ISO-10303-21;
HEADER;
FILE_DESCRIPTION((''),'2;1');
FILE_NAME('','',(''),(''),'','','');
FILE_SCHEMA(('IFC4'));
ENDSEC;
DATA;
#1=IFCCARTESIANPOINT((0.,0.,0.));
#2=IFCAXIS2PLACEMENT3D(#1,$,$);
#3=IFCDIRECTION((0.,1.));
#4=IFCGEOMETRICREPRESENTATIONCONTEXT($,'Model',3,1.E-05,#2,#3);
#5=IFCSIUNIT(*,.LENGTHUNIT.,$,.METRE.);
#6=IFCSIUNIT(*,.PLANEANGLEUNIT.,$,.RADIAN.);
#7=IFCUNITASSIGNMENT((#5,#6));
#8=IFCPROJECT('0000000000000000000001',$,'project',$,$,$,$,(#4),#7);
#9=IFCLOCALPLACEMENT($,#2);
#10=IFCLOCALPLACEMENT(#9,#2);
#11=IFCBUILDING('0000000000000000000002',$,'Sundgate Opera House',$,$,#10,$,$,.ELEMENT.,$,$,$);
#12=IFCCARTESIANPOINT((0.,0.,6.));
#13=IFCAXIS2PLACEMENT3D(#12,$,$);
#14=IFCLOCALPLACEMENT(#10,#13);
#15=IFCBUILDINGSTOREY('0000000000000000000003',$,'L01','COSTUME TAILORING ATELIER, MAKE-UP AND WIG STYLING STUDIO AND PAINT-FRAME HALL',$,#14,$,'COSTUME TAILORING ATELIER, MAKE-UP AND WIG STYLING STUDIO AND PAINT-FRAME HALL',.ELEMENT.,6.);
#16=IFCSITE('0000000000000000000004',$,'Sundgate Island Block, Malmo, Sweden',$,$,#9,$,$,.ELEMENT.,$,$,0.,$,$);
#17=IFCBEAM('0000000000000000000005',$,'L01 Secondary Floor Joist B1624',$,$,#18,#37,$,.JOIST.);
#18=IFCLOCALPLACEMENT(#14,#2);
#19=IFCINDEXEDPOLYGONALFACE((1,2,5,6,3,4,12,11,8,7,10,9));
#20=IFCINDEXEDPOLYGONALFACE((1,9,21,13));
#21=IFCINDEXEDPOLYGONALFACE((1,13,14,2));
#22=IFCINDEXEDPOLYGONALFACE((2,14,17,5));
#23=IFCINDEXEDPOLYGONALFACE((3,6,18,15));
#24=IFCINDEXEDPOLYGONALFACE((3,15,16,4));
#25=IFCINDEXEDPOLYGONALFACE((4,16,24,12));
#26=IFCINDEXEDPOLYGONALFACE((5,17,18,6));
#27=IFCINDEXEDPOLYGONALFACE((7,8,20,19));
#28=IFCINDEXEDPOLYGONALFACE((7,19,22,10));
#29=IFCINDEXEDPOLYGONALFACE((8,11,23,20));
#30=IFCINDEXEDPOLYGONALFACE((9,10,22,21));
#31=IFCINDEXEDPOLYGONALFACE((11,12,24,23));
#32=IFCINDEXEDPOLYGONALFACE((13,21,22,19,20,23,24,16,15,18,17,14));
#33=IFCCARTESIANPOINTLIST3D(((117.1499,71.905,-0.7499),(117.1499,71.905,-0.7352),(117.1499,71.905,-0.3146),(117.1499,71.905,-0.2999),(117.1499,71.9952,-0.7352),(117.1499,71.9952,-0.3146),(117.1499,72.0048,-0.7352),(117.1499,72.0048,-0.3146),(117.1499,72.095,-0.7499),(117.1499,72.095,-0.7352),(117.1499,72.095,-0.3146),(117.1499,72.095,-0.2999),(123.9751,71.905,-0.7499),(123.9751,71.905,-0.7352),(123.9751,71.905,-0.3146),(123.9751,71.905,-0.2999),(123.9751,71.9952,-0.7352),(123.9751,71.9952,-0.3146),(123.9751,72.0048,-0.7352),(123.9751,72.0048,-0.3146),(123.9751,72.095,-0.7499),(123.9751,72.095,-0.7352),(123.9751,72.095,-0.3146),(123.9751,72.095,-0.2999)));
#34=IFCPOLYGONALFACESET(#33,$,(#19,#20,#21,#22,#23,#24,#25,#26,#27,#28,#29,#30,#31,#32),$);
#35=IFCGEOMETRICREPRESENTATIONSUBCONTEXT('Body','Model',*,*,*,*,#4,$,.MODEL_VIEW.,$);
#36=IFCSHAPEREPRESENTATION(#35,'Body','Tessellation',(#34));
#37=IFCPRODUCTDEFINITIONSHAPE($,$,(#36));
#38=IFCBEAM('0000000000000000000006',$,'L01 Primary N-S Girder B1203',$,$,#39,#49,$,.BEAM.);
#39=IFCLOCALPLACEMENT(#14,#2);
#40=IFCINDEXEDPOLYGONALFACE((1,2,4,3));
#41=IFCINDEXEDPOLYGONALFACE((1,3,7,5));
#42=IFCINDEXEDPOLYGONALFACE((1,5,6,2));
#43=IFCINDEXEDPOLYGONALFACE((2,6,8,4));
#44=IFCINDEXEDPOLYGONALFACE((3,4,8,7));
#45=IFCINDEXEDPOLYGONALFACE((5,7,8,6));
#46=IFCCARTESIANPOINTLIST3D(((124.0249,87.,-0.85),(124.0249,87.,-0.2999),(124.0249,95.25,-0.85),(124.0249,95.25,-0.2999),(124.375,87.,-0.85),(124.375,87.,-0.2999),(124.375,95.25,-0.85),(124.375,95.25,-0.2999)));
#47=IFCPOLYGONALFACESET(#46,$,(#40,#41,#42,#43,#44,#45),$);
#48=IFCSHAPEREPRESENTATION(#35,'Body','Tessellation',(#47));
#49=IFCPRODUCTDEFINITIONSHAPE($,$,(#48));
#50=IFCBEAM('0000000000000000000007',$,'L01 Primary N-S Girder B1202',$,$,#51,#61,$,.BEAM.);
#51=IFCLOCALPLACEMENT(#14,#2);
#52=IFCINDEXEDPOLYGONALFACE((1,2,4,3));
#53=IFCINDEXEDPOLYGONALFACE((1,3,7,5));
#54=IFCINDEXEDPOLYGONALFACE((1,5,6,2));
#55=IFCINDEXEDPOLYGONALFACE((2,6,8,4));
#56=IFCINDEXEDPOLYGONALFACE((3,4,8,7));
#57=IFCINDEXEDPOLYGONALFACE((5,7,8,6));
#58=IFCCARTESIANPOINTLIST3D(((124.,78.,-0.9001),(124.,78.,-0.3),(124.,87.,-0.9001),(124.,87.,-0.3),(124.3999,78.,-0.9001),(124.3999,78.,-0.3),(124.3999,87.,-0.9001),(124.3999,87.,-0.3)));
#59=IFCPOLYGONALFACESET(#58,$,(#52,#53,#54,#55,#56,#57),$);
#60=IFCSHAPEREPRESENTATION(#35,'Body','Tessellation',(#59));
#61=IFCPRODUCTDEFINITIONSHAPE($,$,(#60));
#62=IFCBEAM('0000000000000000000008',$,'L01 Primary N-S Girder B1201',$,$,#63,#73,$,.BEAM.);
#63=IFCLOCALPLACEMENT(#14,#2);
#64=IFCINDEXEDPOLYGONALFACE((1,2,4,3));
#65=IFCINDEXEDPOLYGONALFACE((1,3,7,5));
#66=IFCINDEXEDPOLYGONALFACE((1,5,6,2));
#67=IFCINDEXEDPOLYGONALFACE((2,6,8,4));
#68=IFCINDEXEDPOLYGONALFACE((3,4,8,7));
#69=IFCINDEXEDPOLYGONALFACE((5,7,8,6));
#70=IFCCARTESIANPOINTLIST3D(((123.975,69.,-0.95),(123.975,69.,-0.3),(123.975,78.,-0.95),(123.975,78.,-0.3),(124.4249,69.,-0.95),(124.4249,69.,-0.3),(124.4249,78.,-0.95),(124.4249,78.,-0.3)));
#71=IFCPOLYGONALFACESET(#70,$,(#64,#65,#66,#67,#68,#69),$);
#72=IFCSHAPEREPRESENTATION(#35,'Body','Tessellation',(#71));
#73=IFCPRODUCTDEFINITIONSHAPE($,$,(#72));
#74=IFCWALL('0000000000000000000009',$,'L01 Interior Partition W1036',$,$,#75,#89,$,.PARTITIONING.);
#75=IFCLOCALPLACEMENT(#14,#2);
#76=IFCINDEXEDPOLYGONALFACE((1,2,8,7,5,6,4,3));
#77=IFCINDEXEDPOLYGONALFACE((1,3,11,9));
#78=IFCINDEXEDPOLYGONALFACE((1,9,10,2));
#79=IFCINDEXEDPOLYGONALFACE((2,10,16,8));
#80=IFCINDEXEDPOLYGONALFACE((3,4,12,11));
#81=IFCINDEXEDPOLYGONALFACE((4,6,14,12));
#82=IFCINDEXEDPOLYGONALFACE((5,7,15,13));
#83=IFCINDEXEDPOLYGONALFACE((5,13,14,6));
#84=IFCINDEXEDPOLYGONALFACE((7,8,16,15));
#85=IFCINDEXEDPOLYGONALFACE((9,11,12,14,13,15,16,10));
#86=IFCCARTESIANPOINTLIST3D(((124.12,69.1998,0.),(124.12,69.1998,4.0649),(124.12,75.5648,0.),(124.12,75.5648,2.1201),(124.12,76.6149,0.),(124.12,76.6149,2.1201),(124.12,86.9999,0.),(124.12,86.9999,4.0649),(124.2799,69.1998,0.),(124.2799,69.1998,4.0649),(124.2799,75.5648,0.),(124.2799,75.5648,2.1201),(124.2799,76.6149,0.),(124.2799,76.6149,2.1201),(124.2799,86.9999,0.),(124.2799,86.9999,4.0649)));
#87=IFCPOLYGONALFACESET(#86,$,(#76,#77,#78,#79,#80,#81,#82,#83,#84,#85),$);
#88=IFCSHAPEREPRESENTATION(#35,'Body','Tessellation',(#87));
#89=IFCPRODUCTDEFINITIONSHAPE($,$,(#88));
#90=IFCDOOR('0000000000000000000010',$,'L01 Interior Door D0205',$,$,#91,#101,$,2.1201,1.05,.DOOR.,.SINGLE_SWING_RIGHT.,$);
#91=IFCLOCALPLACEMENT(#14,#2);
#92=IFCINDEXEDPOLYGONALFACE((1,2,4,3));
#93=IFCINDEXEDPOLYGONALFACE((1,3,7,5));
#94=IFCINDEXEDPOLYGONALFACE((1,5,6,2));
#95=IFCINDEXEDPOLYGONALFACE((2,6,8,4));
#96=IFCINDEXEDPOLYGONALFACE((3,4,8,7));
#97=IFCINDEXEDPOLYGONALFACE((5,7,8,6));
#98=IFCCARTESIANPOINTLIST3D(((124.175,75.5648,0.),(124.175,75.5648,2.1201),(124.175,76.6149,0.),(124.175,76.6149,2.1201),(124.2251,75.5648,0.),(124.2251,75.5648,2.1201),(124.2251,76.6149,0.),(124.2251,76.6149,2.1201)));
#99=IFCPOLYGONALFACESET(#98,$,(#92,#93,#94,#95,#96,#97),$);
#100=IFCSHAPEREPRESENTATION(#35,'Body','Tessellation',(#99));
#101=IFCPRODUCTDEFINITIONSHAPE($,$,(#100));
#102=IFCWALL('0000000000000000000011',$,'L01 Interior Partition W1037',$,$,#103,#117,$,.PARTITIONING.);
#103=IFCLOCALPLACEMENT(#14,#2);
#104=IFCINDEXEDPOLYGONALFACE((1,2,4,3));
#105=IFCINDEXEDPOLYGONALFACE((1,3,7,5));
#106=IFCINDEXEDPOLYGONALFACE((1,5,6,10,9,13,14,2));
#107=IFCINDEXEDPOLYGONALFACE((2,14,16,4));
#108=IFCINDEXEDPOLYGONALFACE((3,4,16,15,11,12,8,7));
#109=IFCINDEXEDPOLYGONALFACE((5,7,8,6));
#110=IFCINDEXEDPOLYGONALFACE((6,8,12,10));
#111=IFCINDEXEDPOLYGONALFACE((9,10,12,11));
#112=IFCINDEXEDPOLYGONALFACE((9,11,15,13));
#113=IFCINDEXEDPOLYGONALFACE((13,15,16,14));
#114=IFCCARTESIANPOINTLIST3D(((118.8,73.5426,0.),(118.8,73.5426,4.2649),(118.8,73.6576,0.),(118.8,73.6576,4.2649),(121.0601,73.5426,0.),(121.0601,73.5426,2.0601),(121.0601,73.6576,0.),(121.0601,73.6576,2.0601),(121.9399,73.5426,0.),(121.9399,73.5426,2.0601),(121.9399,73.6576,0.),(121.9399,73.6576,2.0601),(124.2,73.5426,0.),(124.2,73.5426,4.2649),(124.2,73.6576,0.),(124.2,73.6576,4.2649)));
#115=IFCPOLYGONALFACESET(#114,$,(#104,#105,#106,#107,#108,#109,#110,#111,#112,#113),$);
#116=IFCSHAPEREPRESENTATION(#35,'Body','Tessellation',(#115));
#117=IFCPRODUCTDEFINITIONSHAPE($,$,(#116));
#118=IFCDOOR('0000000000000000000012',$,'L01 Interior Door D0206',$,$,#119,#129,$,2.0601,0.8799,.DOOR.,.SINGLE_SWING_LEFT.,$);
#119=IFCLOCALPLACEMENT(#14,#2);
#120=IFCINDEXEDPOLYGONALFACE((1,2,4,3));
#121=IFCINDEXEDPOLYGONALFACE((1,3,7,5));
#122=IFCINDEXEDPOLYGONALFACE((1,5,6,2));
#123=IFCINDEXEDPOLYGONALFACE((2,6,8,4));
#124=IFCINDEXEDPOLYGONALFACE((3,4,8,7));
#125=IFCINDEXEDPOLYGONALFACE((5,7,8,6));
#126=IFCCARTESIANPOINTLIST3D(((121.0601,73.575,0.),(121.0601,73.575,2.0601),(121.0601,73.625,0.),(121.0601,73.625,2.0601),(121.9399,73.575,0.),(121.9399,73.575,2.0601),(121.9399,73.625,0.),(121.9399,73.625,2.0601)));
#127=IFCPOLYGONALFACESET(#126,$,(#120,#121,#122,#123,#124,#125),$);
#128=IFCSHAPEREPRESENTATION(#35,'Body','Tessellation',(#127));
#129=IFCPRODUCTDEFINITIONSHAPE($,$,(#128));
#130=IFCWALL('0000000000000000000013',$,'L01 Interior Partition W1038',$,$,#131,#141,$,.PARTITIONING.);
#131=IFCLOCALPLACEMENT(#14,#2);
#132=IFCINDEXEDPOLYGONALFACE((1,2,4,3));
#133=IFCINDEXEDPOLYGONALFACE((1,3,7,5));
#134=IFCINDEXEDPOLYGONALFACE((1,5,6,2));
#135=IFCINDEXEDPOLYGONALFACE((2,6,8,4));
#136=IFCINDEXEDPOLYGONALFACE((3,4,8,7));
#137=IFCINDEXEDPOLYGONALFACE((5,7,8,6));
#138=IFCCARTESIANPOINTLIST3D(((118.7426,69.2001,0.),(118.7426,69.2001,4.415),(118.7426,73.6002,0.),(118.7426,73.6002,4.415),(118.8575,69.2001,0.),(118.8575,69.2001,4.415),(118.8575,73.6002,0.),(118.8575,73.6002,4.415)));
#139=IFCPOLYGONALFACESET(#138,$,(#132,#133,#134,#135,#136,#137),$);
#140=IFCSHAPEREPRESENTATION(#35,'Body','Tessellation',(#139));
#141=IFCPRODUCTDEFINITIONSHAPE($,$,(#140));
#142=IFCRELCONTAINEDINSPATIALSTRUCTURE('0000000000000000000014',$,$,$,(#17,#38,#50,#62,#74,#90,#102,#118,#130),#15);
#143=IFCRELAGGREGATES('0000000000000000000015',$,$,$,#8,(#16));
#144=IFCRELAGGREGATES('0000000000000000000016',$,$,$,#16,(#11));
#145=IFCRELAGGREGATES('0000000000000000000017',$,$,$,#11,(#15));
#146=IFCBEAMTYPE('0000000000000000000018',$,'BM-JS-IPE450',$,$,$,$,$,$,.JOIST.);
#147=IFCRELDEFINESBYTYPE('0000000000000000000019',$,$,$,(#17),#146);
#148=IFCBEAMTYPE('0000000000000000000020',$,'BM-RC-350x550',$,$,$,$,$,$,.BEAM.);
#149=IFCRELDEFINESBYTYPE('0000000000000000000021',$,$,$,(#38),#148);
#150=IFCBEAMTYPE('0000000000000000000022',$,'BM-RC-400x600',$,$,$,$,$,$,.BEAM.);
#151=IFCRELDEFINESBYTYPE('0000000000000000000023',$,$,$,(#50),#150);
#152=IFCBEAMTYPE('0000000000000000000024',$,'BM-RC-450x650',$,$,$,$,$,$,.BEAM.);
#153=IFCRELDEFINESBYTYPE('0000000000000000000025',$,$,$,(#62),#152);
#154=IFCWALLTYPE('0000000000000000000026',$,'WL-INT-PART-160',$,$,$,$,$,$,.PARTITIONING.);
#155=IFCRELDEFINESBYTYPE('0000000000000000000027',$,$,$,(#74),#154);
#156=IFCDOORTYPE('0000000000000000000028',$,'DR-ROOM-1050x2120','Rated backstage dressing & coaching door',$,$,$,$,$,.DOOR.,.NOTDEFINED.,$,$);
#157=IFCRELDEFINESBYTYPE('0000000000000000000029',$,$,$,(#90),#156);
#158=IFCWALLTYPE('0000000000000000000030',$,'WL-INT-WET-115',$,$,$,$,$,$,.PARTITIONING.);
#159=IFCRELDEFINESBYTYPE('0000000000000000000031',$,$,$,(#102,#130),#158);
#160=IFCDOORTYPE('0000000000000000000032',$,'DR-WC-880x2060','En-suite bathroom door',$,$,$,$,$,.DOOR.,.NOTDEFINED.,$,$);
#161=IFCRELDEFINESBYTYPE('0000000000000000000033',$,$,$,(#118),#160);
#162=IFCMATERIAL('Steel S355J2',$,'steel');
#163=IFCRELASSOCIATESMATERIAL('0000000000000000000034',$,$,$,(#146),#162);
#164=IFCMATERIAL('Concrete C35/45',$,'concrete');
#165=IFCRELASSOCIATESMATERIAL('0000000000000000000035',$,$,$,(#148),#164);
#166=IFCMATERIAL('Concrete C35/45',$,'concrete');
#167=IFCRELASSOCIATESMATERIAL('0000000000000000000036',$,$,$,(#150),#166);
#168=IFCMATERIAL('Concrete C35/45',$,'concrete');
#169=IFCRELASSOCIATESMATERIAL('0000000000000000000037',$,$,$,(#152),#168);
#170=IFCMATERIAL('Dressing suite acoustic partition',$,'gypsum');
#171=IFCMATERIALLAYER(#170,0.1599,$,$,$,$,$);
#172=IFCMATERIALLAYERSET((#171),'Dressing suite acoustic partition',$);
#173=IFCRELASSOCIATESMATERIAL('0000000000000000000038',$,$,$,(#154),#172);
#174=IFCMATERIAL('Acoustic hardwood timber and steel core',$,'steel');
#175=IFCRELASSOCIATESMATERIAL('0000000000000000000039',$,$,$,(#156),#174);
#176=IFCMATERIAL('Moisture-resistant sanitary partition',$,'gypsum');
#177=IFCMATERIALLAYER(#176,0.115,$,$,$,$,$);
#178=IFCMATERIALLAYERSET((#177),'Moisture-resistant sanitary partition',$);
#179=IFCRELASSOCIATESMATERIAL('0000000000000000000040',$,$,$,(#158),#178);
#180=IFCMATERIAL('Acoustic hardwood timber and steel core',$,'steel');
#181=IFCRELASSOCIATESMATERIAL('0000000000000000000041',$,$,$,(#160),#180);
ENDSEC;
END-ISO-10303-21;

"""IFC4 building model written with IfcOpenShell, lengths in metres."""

from ifc_helpers import new_model, si_unit, direction, frame, frame_2d, origin, origin_2d, place, context, subcontext, project, spatial, rectangle, i_section, extrude, material, layer, layer_set, material_profile, profile_set, type_object, element, fill, save


model = new_model("IFC4")

# Units and contexts
model_context = context("Model", 3, precision=1e-05, world=origin(), true_north=direction((0.0, 1.0)))
body_context = subcontext(model_context, "Body", "Model", "MODEL_VIEW")
ifc_project = project(units=[si_unit("LENGTHUNIT", "METRE"), si_unit("PLANEANGLEUNIT", "RADIAN")], contexts=[model_context])

# Site, building, storey
site_placement = place(None, origin())
site = spatial("IfcSite", under=ifc_project, at=site_placement, Name="Sundgate Island Block, Malmo, Sweden", CompositionType="ELEMENT", RefElevation=0.0)
building_placement = place(site_placement, origin())
building = spatial("IfcBuilding", under=site, at=building_placement, Name="Sundgate Opera House", CompositionType="ELEMENT")
storey_placement = place(building_placement, frame((0.0, 0.0, 6.0)))
storey = spatial("IfcBuildingStorey", under=building, at=storey_placement, Name="L01", Description="COSTUME TAILORING ATELIER, MAKE-UP AND WIG STYLING STUDIO AND PAINT-FRAME HALL", LongName="COSTUME TAILORING ATELIER, MAKE-UP AND WIG STYLING STUDIO AND PAINT-FRAME HALL", CompositionType="ELEMENT", Elevation=6.0)

# Beams
ifc_material_1 = material(Name="Steel S355J2", Category="steel")
ifc_material_profile_1 = material_profile(ifc_material_1, i_section(OverallWidth=0.1899, OverallDepth=0.45, WebThickness=0.0095, FlangeThickness=0.0146, at=origin_2d()), Name="IPE 450")
ifc_profile_set_1 = profile_set([ifc_material_profile_1], Name="Steel S355J2")
beam_type_1 = type_object("IfcBeamType", Name="BM-JS-IPE450", PredefinedType="JOIST", material=ifc_profile_set_1)
beam_1_placement = place(storey_placement, frame((117.1499, 72.0, -0.5249), z_axis=(1.0, 0.0, 0.0), x_axis=(0.0, 1.0, 0.0)))
element("IfcBeam", 1, at=beam_1_placement, inside=storey, type_object=beam_type_1, Name="L01 Secondary Floor Joist B1624", PredefinedType="JOIST", context=body_context, shape_type="SweptSolid", body=[
    extrude(i_section(OverallWidth=0.1899, OverallDepth=0.45, WebThickness=0.0095, FlangeThickness=0.0146, at=origin_2d()), origin(), (0.0, 0.0, 1.0), 6.8252),
])
ifc_material_2 = material(Name="Concrete C35/45", Category="concrete")
ifc_material_profile_2 = material_profile(ifc_material_2, rectangle(XDim=0.3501, YDim=0.55, at=origin_2d()), Name="RC 350x550")
ifc_profile_set_2 = profile_set([ifc_material_profile_2], Name="Concrete C35/45")
beam_type_2 = type_object("IfcBeamType", Name="BM-RC-350x550", PredefinedType="BEAM", material=ifc_profile_set_2)
beam_2_placement = place(storey_placement, frame((124.2, 87.0, -0.575), z_axis=(0.0, 1.0, 0.0), x_axis=(-1.0, 0.0, 0.0)))
element("IfcBeam", 2, at=beam_2_placement, inside=storey, type_object=beam_type_2, Name="L01 Primary N-S Girder B1203", PredefinedType="BEAM", context=body_context, shape_type="SweptSolid", body=[
    extrude(rectangle(XDim=0.3501, YDim=0.55, at=origin_2d()), origin(), (0.0, 0.0, 1.0), 8.25),
])
ifc_material_3 = material(Name="Concrete C35/45", Category="concrete")
ifc_material_profile_3 = material_profile(ifc_material_3, rectangle(XDim=0.3999, YDim=0.6001, at=origin_2d()), Name="RC 400x600")
ifc_profile_set_3 = profile_set([ifc_material_profile_3], Name="Concrete C35/45")
beam_type_3 = type_object("IfcBeamType", Name="BM-RC-400x600", PredefinedType="BEAM", material=ifc_profile_set_3)
beam_3_placement = place(storey_placement, frame((124.2, 78.0, -0.6001), z_axis=(0.0, 1.0, 0.0), x_axis=(-1.0, 0.0, 0.0)))
element("IfcBeam", 3, at=beam_3_placement, inside=storey, type_object=beam_type_3, Name="L01 Primary N-S Girder B1202", PredefinedType="BEAM", context=body_context, shape_type="SweptSolid", body=[
    extrude(rectangle(XDim=0.3999, YDim=0.6001, at=origin_2d()), origin(), (0.0, 0.0, 1.0), 9.0),
])
ifc_material_4 = material(Name="Concrete C35/45", Category="concrete")
ifc_material_profile_4 = material_profile(ifc_material_4, rectangle(XDim=0.45, YDim=0.6499, at=origin_2d()), Name="RC 450x650")
ifc_profile_set_4 = profile_set([ifc_material_profile_4], Name="Concrete C35/45")
beam_type_4 = type_object("IfcBeamType", Name="BM-RC-450x650", PredefinedType="BEAM", material=ifc_profile_set_4)
beam_4_placement = place(storey_placement, frame((124.2, 69.0, -0.625), z_axis=(0.0, 1.0, 0.0), x_axis=(-1.0, 0.0, 0.0)))
element("IfcBeam", 4, at=beam_4_placement, inside=storey, type_object=beam_type_4, Name="L01 Primary N-S Girder B1201", PredefinedType="BEAM", context=body_context, shape_type="SweptSolid", body=[
    extrude(rectangle(XDim=0.45, YDim=0.6499, at=origin_2d()), origin(), (0.0, 0.0, 1.0), 9.0),
])

# Walls, openings, doors
ifc_material_5 = material(Name="Dressing suite acoustic partition", Category="gypsum")
ifc_layer_1 = layer(ifc_material_5, 0.1599)
ifc_layer_set_1 = layer_set([ifc_layer_1], Name="Dressing suite acoustic partition")
wall_type_1 = type_object("IfcWallType", Name="WL-INT-PART-160", PredefinedType="PARTITIONING", material=ifc_layer_set_1)
wall_1_placement = place(storey_placement, frame((124.2, 69.2, 0.0), z_axis=(0.0, 0.0, 1.0), x_axis=(0.0, 1.0, 0.0)))
wall_1 = element("IfcWall", 5, at=wall_1_placement, inside=storey, type_object=wall_type_1, Name="L01 Interior Partition W1036", PredefinedType="PARTITIONING", context=body_context, shape_type="SweptSolid", body=[
    extrude(rectangle(XDim=17.8, YDim=0.1599, at=frame_2d((8.8999, 0.0))), origin(), (0.0, 0.0, 1.0), 4.0649),
])
opening_1_placement = place(wall_1_placement, frame((6.365, 0.0, 0.0)))
opening_1 = element("IfcOpeningElement", 6, at=opening_1_placement, cuts=wall_1, PredefinedType="OPENING", context=body_context, shape_type="SweptSolid", body=[
    extrude(rectangle(XDim=1.05, YDim=2.1201, at=frame_2d((0.5249, 1.0601))), frame((0.0, 0.0898, 0.0), z_axis=(0.0, -1.0, 0.0), x_axis=(1.0, 0.0, 0.0)), (0.0, 0.0, 1.0), 0.1799),
])
ifc_material_6 = material(Name="Acoustic hardwood timber and steel core", Category="steel")
door_type_1 = type_object("IfcDoorType", Name="DR-ROOM-1050x2120", Description="Rated backstage dressing & coaching door", OperationType="NOTDEFINED", PredefinedType="DOOR", material=ifc_material_6)
door_1_placement = place(opening_1_placement, origin())
door_1 = element("IfcDoor", 7, at=door_1_placement, inside=storey, type_object=door_type_1, Name="L01 Interior Door D0205", OperationType="SINGLE_SWING_RIGHT", OverallHeight=2.1201, OverallWidth=1.05, PredefinedType="DOOR", context=body_context, shape_type="SweptSolid", body=[
    extrude(rectangle(XDim=1.05, YDim=2.1201, at=frame_2d((0.5249, 1.0601))), frame((0.0, 0.0249, 0.0), z_axis=(0.0, -1.0, 0.0), x_axis=(1.0, 0.0, 0.0)), (0.0, 0.0, 1.0), 0.05),
])
fill(opening_1, door_1)
ifc_material_7 = material(Name="Moisture-resistant sanitary partition", Category="gypsum")
ifc_layer_2 = layer(ifc_material_7, 0.115)
ifc_layer_set_2 = layer_set([ifc_layer_2], Name="Moisture-resistant sanitary partition")
wall_type_2 = type_object("IfcWallType", Name="WL-INT-WET-115", PredefinedType="PARTITIONING", material=ifc_layer_set_2)
wall_2_placement = place(storey_placement, frame((118.8, 73.6001, 0.0), z_axis=(0.0, 0.0, 1.0), x_axis=(1.0, 0.0, 0.0)))
wall_2 = element("IfcWall", 8, at=wall_2_placement, inside=storey, type_object=wall_type_2, Name="L01 Interior Partition W1037", PredefinedType="PARTITIONING", context=body_context, shape_type="SweptSolid", body=[
    extrude(rectangle(XDim=5.3999, YDim=0.115, at=frame_2d((2.7, 0.0))), origin(), (0.0, 0.0, 1.0), 4.2649),
])
opening_2_placement = place(wall_2_placement, frame((2.26, 0.0, 0.0)))
opening_2 = element("IfcOpeningElement", 9, at=opening_2_placement, cuts=wall_2, PredefinedType="OPENING", context=body_context, shape_type="SweptSolid", body=[
    extrude(rectangle(XDim=0.8799, YDim=2.0601, at=frame_2d((0.4399, 1.03))), frame((0.0, 0.0674, 0.0), z_axis=(0.0, -1.0, 0.0), x_axis=(1.0, 0.0, 0.0)), (0.0, 0.0, 1.0), 0.135),
])
ifc_material_8 = material(Name="Acoustic hardwood timber and steel core", Category="steel")
door_type_2 = type_object("IfcDoorType", Name="DR-WC-880x2060", Description="En-suite bathroom door", OperationType="NOTDEFINED", PredefinedType="DOOR", material=ifc_material_8)
door_2_placement = place(opening_2_placement, origin())
door_2 = element("IfcDoor", 10, at=door_2_placement, inside=storey, type_object=door_type_2, Name="L01 Interior Door D0206", OperationType="SINGLE_SWING_LEFT", OverallHeight=2.0601, OverallWidth=0.8799, PredefinedType="DOOR", context=body_context, shape_type="SweptSolid", body=[
    extrude(rectangle(XDim=0.8799, YDim=2.0601, at=frame_2d((0.4399, 1.03))), frame((0.0, 0.0249, 0.0), z_axis=(0.0, -1.0, 0.0), x_axis=(1.0, 0.0, 0.0)), (0.0, 0.0, 1.0), 0.05),
])
fill(opening_2, door_2)

# Wall
wall_3_placement = place(storey_placement, frame((118.8, 69.2, 0.0), z_axis=(0.0, 0.0, 1.0), x_axis=(0.0, 1.0, 0.0)))
element("IfcWall", 11, at=wall_3_placement, inside=storey, type_object=wall_type_2, Name="L01 Interior Partition W1038", PredefinedType="PARTITIONING", context=body_context, shape_type="SweptSolid", body=[
    extrude(rectangle(XDim=4.4001, YDim=0.115, at=frame_2d((2.2002, 0.0))), origin(), (0.0, 0.0, 1.0), 4.415),
])

save(model, "model.ifc")
